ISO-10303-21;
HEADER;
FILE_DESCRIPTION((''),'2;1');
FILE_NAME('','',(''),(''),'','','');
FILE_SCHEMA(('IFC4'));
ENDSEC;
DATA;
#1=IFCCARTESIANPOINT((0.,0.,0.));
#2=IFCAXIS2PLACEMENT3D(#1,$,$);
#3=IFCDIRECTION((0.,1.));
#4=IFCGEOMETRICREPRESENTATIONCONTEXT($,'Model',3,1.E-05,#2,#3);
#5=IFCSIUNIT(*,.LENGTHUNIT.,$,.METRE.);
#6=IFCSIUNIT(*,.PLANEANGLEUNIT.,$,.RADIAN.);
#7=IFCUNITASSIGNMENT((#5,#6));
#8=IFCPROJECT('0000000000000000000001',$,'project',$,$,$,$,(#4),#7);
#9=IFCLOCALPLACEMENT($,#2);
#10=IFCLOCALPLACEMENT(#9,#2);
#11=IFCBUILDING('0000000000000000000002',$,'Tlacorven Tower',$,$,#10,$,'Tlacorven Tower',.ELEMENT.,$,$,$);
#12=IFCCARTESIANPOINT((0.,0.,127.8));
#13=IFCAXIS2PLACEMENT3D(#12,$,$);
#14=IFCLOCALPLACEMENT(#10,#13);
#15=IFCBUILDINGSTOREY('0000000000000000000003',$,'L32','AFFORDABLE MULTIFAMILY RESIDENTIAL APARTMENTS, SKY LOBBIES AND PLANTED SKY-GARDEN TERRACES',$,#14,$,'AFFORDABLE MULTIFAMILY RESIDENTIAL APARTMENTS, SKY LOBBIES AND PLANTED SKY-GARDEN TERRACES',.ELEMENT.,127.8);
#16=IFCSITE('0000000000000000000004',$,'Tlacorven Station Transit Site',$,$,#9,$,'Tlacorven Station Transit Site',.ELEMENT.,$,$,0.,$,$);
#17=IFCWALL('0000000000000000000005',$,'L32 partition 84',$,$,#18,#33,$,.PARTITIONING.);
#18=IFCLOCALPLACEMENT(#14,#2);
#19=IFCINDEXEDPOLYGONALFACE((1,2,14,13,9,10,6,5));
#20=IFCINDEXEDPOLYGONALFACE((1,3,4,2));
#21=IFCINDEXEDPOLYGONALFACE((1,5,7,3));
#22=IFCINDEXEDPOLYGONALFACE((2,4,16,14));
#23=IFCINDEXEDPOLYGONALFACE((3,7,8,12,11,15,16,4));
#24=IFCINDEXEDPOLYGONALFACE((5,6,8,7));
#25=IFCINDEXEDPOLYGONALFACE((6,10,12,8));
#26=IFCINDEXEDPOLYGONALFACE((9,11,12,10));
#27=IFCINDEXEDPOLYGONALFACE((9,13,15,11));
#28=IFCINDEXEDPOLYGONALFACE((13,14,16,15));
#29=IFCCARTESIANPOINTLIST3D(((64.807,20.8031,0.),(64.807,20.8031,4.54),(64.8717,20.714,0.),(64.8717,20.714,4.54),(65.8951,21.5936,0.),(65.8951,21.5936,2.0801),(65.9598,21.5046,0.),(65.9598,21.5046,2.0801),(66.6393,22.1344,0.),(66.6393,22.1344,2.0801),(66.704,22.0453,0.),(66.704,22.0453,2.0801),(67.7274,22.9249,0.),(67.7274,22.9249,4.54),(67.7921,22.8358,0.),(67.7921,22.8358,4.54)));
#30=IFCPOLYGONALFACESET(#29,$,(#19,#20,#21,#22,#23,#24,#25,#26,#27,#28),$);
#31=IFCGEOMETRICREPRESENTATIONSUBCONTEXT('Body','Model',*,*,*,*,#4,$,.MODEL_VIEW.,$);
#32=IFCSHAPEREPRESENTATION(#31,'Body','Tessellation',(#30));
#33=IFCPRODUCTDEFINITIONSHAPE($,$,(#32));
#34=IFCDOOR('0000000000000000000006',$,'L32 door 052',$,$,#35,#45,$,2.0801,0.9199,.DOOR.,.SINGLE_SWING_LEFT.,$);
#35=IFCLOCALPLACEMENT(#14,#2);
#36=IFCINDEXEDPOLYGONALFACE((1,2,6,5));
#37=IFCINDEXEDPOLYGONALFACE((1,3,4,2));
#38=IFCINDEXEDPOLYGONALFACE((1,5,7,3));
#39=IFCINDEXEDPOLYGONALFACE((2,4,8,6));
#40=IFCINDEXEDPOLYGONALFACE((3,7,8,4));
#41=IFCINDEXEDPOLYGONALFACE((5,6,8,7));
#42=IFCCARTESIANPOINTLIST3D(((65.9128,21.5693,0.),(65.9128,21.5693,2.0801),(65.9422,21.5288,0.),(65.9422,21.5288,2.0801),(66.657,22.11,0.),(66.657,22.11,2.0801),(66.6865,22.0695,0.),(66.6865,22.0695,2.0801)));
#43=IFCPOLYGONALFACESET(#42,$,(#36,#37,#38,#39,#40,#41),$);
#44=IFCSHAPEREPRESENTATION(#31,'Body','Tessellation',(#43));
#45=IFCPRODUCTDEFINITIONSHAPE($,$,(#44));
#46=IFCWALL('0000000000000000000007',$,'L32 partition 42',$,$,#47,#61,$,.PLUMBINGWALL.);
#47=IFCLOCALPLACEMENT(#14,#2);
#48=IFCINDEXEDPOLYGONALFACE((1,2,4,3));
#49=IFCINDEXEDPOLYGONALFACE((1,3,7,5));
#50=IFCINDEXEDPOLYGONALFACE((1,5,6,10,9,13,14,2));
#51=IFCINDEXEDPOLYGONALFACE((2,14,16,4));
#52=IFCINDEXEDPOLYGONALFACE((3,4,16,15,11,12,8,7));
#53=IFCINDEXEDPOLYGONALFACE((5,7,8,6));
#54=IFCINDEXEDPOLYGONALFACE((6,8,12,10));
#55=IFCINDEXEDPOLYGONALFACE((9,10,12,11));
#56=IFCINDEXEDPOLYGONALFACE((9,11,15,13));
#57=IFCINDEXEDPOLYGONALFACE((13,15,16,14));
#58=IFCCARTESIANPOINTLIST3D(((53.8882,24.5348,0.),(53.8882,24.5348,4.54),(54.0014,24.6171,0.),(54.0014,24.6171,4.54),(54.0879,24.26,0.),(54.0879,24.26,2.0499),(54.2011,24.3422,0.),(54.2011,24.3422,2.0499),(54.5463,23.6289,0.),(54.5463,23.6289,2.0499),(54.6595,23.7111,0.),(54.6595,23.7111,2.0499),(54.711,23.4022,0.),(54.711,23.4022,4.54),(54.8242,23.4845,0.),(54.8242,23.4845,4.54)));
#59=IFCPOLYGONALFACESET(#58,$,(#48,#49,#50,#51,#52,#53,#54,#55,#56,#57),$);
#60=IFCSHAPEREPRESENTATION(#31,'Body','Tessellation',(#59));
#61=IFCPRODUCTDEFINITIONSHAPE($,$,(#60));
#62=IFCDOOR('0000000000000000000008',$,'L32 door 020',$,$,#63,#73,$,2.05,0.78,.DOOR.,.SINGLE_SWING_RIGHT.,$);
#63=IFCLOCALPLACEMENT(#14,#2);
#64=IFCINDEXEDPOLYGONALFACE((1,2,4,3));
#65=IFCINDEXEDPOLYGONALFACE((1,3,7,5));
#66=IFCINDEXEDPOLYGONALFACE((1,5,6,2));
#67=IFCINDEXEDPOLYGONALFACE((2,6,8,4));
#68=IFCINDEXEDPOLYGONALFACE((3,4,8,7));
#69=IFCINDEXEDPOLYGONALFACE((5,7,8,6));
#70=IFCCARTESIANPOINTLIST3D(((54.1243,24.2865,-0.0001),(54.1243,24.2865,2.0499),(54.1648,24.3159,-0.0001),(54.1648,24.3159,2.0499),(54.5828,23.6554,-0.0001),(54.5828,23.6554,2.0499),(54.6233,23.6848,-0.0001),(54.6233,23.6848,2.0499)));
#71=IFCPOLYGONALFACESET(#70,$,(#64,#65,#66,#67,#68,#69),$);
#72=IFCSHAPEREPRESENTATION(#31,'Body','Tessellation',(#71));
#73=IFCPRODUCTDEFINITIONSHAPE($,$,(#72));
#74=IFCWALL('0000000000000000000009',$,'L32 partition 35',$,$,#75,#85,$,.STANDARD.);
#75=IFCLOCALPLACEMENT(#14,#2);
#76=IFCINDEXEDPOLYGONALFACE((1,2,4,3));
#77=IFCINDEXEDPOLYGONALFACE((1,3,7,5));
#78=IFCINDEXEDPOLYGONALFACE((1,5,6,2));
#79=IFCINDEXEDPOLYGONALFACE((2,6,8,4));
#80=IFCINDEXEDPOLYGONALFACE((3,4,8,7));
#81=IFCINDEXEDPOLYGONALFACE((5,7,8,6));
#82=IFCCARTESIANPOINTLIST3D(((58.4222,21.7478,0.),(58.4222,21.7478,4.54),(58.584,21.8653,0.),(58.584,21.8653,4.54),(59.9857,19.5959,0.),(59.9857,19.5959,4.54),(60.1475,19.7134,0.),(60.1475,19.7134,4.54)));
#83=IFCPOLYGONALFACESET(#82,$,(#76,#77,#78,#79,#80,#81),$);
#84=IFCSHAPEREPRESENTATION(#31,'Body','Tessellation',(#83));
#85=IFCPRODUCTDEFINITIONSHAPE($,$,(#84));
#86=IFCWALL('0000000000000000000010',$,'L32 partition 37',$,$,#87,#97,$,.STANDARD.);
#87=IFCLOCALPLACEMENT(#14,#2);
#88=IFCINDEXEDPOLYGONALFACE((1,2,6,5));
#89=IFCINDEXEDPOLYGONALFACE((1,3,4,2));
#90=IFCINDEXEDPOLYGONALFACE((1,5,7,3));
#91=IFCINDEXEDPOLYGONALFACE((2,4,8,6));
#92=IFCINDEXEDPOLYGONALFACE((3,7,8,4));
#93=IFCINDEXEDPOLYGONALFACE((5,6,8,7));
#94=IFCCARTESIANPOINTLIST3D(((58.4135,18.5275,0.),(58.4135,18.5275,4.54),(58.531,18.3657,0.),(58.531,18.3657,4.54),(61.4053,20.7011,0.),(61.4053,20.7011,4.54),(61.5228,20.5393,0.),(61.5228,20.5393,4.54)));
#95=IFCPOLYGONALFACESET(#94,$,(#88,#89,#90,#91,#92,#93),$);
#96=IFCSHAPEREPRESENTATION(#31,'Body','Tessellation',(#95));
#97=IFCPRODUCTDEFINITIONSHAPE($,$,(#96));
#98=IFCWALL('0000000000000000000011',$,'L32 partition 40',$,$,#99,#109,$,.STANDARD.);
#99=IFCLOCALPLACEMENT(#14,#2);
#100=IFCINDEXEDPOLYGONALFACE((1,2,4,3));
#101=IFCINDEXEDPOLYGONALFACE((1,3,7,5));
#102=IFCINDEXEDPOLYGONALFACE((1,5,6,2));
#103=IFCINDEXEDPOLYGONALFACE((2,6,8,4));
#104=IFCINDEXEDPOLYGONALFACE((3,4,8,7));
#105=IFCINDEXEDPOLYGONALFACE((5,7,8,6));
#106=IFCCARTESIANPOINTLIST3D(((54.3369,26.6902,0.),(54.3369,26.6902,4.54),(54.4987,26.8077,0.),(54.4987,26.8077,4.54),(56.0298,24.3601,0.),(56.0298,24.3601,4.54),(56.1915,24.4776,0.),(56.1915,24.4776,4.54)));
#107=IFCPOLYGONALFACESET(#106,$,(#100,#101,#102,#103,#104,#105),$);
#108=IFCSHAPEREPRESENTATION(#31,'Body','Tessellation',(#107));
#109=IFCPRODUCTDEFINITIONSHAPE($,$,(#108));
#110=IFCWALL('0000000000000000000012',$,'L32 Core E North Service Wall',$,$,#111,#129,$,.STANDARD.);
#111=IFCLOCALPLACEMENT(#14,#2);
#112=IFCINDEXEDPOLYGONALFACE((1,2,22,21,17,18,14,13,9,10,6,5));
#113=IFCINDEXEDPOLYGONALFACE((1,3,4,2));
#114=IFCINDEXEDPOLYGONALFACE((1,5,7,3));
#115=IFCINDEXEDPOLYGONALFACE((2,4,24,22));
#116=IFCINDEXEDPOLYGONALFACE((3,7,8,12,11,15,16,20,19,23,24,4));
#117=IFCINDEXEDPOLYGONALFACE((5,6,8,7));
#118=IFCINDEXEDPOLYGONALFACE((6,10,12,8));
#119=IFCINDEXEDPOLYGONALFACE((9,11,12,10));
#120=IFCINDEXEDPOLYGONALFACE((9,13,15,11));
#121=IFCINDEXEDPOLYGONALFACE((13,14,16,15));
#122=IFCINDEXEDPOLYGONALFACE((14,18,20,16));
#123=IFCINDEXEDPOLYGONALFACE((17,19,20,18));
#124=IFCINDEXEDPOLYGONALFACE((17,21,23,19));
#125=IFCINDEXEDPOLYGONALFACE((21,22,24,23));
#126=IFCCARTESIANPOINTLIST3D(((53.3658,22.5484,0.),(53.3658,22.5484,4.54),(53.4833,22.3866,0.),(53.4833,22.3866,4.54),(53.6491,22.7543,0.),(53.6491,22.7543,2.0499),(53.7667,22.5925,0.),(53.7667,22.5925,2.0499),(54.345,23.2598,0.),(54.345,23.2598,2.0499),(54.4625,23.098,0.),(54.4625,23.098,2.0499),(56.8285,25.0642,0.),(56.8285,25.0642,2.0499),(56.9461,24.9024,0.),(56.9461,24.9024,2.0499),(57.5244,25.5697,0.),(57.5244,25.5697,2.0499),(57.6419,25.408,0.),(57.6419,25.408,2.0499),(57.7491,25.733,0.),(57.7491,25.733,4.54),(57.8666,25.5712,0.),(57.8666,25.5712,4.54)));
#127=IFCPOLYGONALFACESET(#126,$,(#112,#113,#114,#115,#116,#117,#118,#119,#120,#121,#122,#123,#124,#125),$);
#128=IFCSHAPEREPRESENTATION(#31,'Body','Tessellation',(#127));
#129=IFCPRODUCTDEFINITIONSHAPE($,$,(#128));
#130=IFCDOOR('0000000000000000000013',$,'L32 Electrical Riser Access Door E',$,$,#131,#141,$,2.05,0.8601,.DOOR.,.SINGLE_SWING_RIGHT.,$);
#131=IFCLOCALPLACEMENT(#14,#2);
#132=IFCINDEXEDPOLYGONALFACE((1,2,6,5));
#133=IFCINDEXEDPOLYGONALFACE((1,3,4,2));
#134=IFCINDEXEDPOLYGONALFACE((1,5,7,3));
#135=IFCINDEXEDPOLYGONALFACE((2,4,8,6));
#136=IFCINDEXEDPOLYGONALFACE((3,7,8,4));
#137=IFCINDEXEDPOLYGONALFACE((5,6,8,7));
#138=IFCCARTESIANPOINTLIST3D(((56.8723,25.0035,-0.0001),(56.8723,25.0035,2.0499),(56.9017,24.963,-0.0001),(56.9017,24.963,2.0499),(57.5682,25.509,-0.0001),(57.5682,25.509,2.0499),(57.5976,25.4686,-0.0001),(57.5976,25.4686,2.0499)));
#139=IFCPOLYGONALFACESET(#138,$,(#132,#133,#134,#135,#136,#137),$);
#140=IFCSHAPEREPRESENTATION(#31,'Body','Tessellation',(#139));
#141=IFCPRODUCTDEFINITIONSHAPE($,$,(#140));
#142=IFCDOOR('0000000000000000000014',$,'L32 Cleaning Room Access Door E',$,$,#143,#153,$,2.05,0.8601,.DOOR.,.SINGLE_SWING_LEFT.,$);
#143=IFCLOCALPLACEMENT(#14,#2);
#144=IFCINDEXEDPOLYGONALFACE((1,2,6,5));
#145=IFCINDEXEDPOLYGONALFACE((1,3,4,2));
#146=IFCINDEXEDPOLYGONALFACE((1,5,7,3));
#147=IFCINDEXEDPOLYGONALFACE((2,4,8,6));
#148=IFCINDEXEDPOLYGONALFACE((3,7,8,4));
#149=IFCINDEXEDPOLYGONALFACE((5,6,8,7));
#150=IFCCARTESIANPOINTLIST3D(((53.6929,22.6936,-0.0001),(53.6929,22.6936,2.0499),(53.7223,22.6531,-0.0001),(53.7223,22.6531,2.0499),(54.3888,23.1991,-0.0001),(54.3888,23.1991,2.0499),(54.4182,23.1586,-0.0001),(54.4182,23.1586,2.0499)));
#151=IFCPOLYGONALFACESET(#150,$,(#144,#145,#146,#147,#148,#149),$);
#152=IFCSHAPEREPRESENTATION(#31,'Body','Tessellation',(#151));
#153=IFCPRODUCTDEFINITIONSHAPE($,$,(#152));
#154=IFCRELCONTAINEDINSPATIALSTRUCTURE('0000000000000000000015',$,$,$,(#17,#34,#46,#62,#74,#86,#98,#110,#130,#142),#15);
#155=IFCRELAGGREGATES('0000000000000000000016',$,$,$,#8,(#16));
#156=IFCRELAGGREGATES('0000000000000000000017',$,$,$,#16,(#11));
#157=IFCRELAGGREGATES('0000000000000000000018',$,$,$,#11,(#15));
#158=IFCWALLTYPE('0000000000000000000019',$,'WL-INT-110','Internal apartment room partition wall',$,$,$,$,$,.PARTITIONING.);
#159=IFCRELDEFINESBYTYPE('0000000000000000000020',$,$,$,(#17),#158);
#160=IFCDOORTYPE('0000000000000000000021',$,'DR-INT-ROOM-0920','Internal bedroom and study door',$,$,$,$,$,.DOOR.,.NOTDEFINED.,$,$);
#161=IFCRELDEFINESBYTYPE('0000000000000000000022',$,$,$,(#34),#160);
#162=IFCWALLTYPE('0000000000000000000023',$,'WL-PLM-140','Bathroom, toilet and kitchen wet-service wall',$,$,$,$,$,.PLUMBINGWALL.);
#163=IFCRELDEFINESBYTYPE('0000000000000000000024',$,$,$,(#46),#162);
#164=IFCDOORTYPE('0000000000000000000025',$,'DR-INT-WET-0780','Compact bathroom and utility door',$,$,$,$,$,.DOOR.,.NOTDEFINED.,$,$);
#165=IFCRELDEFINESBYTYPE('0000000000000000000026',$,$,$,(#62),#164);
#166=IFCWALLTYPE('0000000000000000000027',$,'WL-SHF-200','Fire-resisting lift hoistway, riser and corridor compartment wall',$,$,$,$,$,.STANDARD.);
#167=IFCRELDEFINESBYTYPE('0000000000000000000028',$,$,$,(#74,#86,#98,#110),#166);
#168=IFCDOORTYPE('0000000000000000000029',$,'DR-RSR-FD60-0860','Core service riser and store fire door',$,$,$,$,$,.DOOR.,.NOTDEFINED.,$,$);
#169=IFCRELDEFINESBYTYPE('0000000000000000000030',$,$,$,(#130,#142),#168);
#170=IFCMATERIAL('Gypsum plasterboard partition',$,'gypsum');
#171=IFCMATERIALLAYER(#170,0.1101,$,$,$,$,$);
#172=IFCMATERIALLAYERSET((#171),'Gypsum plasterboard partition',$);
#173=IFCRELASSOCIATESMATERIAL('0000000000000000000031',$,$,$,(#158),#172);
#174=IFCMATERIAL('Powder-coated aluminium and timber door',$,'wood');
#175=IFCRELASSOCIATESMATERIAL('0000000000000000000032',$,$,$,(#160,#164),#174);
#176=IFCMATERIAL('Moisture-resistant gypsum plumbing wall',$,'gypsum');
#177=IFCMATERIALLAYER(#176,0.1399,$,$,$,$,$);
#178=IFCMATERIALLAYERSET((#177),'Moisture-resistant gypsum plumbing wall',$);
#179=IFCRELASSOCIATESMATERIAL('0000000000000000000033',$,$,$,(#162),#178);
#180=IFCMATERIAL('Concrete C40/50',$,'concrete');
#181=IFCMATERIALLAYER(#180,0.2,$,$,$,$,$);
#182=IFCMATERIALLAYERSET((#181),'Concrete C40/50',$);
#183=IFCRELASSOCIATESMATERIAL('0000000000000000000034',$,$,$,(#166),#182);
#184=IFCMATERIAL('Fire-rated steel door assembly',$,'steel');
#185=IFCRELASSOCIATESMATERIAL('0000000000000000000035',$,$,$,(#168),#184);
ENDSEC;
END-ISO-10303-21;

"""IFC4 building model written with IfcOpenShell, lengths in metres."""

from ifc_helpers import new_model, si_unit, direction, frame, frame_2d, origin, place, context, subcontext, project, spatial, rectangle, extrude, source, transform, mapped, material, layer, layer_set, type_object, element, fill, save


model = new_model("IFC4")

# Units and contexts
model_context = context("Model", 3, precision=1e-05, world=origin(), true_north=direction((0.0, 1.0)))
body_context = subcontext(model_context, "Body", "Model", "MODEL_VIEW")
ifc_project = project(units=[si_unit("LENGTHUNIT", "METRE"), si_unit("PLANEANGLEUNIT", "RADIAN")], contexts=[model_context])

# Site, building, storey
site_placement = place(None, origin())
site = spatial("IfcSite", under=ifc_project, at=site_placement, Name="Tlacorven Station Transit Site", LongName="Tlacorven Station Transit Site", CompositionType="ELEMENT", RefElevation=0.0)
building_placement = place(site_placement, origin())
building = spatial("IfcBuilding", under=site, at=building_placement, Name="Tlacorven Tower", LongName="Tlacorven Tower", CompositionType="ELEMENT")
storey_placement = place(building_placement, frame((0.0, 0.0, 127.8)))
storey = spatial("IfcBuildingStorey", under=building, at=storey_placement, Name="L32", Description="AFFORDABLE MULTIFAMILY RESIDENTIAL APARTMENTS, SKY LOBBIES AND PLANTED SKY-GARDEN TERRACES", LongName="AFFORDABLE MULTIFAMILY RESIDENTIAL APARTMENTS, SKY LOBBIES AND PLANTED SKY-GARDEN TERRACES", CompositionType="ELEMENT", Elevation=127.8)

# Walls, openings, doors
ifc_material_1 = material(Name="Gypsum plasterboard partition", Category="gypsum")
ifc_layer_1 = layer(ifc_material_1, 0.1101)
ifc_layer_set_1 = layer_set([ifc_layer_1], Name="Gypsum plasterboard partition")
wall_type_1 = type_object("IfcWallType", Name="WL-INT-110", Description="Internal apartment room partition wall", PredefinedType="PARTITIONING", material=ifc_layer_set_1)
wall_1_placement = place(storey_placement, frame((64.8394, 20.7585, 0.0), z_axis=(0.0, 0.0, 1.0), x_axis=(0.809014, 0.58779, 0.0)))
wall_1 = element("IfcWall", 1, at=wall_1_placement, inside=storey, type_object=wall_type_1, Name="L32 partition 84", PredefinedType="PARTITIONING", context=body_context, shape_type="SweptSolid", body=[
    extrude(rectangle(XDim=3.6099, YDim=0.1101, at=frame_2d((1.8049, 0.0))), origin(), (0.0, 0.0, 1.0), 4.54),
])
opening_1_placement = place(wall_1_placement, frame((1.345, 0.0, 0.0)))
opening_1 = element("IfcOpeningElement", 2, at=opening_1_placement, cuts=wall_1, PredefinedType="OPENING", context=body_context, shape_type="SweptSolid", body=[
    extrude(rectangle(XDim=0.9199, YDim=2.0801, at=frame_2d((0.46, 1.04))), frame((0.0, 0.0649, 0.0), z_axis=(0.0, -1.0, 0.0), x_axis=(1.0, 0.0, 0.0)), (0.0, 0.0, 1.0), 0.1301),
])
ifc_material_2 = material(Name="Powder-coated aluminium and timber door", Category="wood")
door_type_1 = type_object("IfcDoorType", Name="DR-INT-ROOM-0920", Description="Internal bedroom and study door", OperationType="NOTDEFINED", PredefinedType="DOOR", material=ifc_material_2)
shared_shape_1 = source(origin(), body_context, "Body", "SweptSolid", [
    extrude(rectangle(XDim=0.9199, YDim=2.0801, at=frame_2d((0.46, 1.04))), frame((0.0, 0.0249, 0.0), z_axis=(0.0, -1.0, 0.0), x_axis=(1.0, 0.0, 0.0)), (0.0, 0.0, 1.0), 0.05),
])
door_1_placement = place(opening_1_placement, origin())
door_1 = element("IfcDoor", 3, at=door_1_placement, inside=storey, type_object=door_type_1, Name="L32 door 052", OperationType="SINGLE_SWING_LEFT", OverallHeight=2.0801, OverallWidth=0.9199, PredefinedType="DOOR", context=body_context, shape_type="MappedRepresentation", body=[
    mapped(shared_shape_1, transform((0.0, 0.0, 0.0), scale=1.0)),
])
fill(opening_1, door_1)
ifc_material_3 = material(Name="Moisture-resistant gypsum plumbing wall", Category="gypsum")
ifc_layer_2 = layer(ifc_material_3, 0.1399)
ifc_layer_set_2 = layer_set([ifc_layer_2], Name="Moisture-resistant gypsum plumbing wall")
wall_type_2 = type_object("IfcWallType", Name="WL-PLM-140", Description="Bathroom, toilet and kitchen wet-service wall", PredefinedType="PLUMBINGWALL", material=ifc_layer_set_2)
wall_2_placement = place(storey_placement, frame((54.7676, 23.4434, 0.0), z_axis=(0.0, 0.0, 1.0), x_axis=(-0.587736, 0.809053, 0.0)))
wall_2 = element("IfcWall", 4, at=wall_2_placement, inside=storey, type_object=wall_type_2, Name="L32 partition 42", PredefinedType="PLUMBINGWALL", context=body_context, shape_type="SweptSolid", body=[
    extrude(rectangle(XDim=1.3999, YDim=0.1399, at=frame_2d((0.7, 0.0))), origin(), (0.0, 0.0, 1.0), 4.54),
])
opening_2_placement = place(wall_2_placement, frame((0.28, 0.0, 0.0)))
opening_2 = element("IfcOpeningElement", 5, at=opening_2_placement, cuts=wall_2, PredefinedType="OPENING", context=body_context, shape_type="SweptSolid", body=[
    extrude(rectangle(XDim=0.78, YDim=2.05, at=frame_2d((0.3901, 1.0249))), frame((0.0, 0.0801, 0.0), z_axis=(0.0, -1.0, 0.0), x_axis=(1.0, 0.0, 0.0)), (0.0, 0.0, 1.0), 0.1599),
])
door_type_2 = type_object("IfcDoorType", Name="DR-INT-WET-0780", Description="Compact bathroom and utility door", OperationType="NOTDEFINED", PredefinedType="DOOR", material=ifc_material_2)
shared_shape_2 = source(origin(), body_context, "Body", "SweptSolid", [
    extrude(rectangle(XDim=0.78, YDim=2.05, at=frame_2d((0.3901, 1.0249))), frame((0.0, 0.0249, 0.0), z_axis=(0.0, -1.0, 0.0), x_axis=(1.0, 0.0, 0.0)), (0.0, 0.0, 1.0), 0.05),
])
door_2_placement = place(opening_2_placement, origin())
door_2 = element("IfcDoor", 6, at=door_2_placement, inside=storey, type_object=door_type_2, Name="L32 door 020", OperationType="SINGLE_SWING_RIGHT", OverallHeight=2.05, OverallWidth=0.78, PredefinedType="DOOR", context=body_context, shape_type="MappedRepresentation", body=[
    mapped(shared_shape_2, transform((0.0, 0.0, 0.0), scale=1.0)),
])
fill(opening_2, door_2)

# Shared definitions
ifc_material_4 = material(Name="Concrete C40/50", Category="concrete")
ifc_layer_3 = layer(ifc_material_4, 0.2)
ifc_layer_set_3 = layer_set([ifc_layer_3], Name="Concrete C40/50")
wall_type_3 = type_object("IfcWallType", Name="WL-SHF-200", Description="Fire-resisting lift hoistway, riser and corridor compartment wall", PredefinedType="STANDARD", material=ifc_layer_set_3)
ifc_material_5 = material(Name="Fire-rated steel door assembly", Category="steel")
door_type_3 = type_object("IfcDoorType", Name="DR-RSR-FD60-0860", Description="Core service riser and store fire door", OperationType="NOTDEFINED", PredefinedType="DOOR", material=ifc_material_5)
shared_shape_3 = source(origin(), body_context, "Body", "SweptSolid", [
    extrude(rectangle(XDim=0.8601, YDim=2.05, at=frame_2d((0.4302, 1.0249))), frame((0.0, 0.0249, 0.0), z_axis=(0.0, -1.0, 0.0), x_axis=(1.0, 0.0, 0.0)), (0.0, 0.0, 1.0), 0.05),
])

# Walls
wall_3_placement = place(storey_placement, frame((60.0667, 19.6545, 0.0), z_axis=(0.0, 0.0, 1.0), x_axis=(-0.587801, 0.809006, 0.0)))
element("IfcWall", 7, at=wall_3_placement, inside=storey, type_object=wall_type_3, Name="L32 partition 35", PredefinedType="STANDARD", context=body_context, shape_type="SweptSolid", body=[
    extrude(rectangle(XDim=2.6599, YDim=0.2, at=frame_2d((1.3301, 0.0))), origin(), (0.0, 0.0, 1.0), 4.54),
])
wall_4_placement = place(storey_placement, frame((58.4722, 18.4465, 0.0), z_axis=(0.0, 0.0, 1.0), x_axis=(0.809019, 0.587783, 0.0)))
element("IfcWall", 8, at=wall_4_placement, inside=storey, type_object=wall_type_3, Name="L32 partition 37", PredefinedType="STANDARD", context=body_context, shape_type="SweptSolid", body=[
    extrude(rectangle(XDim=3.698, YDim=0.2, at=frame_2d((1.8491, 0.0))), origin(), (0.0, 0.0, 1.0), 4.54),
])
wall_5_placement = place(storey_placement, frame((56.1106, 24.4189, 0.0), z_axis=(0.0, 0.0, 1.0), x_axis=(-0.587778, 0.809022, 0.0)))
element("IfcWall", 9, at=wall_5_placement, inside=storey, type_object=wall_type_3, Name="L32 partition 40", PredefinedType="STANDARD", context=body_context, shape_type="SweptSolid", body=[
    extrude(rectangle(XDim=2.8801, YDim=0.2, at=frame_2d((1.4399, 0.0))), origin(), (0.0, 0.0, 1.0), 4.54),
])

# Wall, openings, doors
wall_6_placement = place(storey_placement, frame((53.4246, 22.4675, 0.0), z_axis=(0.0, 0.0, 1.0), x_axis=(0.809024, 0.587775, 0.0)))
wall_6 = element("IfcWall", 10, at=wall_6_placement, inside=storey, type_object=wall_type_3, Name="L32 Core E North Service Wall", PredefinedType="STANDARD", context=body_context, shape_type="SweptSolid", body=[
    extrude(rectangle(XDim=5.418, YDim=0.2, at=frame_2d((2.709, 0.0))), origin(), (0.0, 0.0, 1.0), 4.54),
])
opening_3_placement = place(wall_6_placement, frame((4.28, 0.0, 0.0)))
opening_3 = element("IfcOpeningElement", 11, at=opening_3_placement, cuts=wall_6, PredefinedType="OPENING", context=body_context, shape_type="SweptSolid", body=[
    extrude(rectangle(XDim=0.8601, YDim=2.05, at=frame_2d((0.4302, 1.0249))), frame((0.0, 0.1099, 0.0), z_axis=(0.0, -1.0, 0.0), x_axis=(1.0, 0.0, 0.0)), (0.0, 0.0, 1.0), 0.22),
])
opening_4_placement = place(wall_6_placement, frame((0.3501, 0.0, 0.0)))
opening_4 = element("IfcOpeningElement", 12, at=opening_4_placement, cuts=wall_6, PredefinedType="OPENING", context=body_context, shape_type="SweptSolid", body=[
    extrude(rectangle(XDim=0.8601, YDim=2.05, at=frame_2d((0.4302, 1.0249))), frame((0.0, 0.1099, 0.0), z_axis=(0.0, -1.0, 0.0), x_axis=(1.0, 0.0, 0.0)), (0.0, 0.0, 1.0), 0.22),
])
door_3_placement = place(opening_3_placement, frame((0.8601, 0.0, 0.0), z_axis=(0.0, 0.0, 1.0), x_axis=(-1.0, 0.0, 0.0)))
door_3 = element("IfcDoor", 13, at=door_3_placement, inside=storey, type_object=door_type_3, Name="L32 Electrical Riser Access Door E", OperationType="SINGLE_SWING_RIGHT", OverallHeight=2.05, OverallWidth=0.8601, PredefinedType="DOOR", context=body_context, shape_type="MappedRepresentation", body=[
    mapped(shared_shape_3, transform((0.0, 0.0, 0.0), scale=1.0)),
])
fill(opening_3, door_3)
door_4_placement = place(opening_4_placement, frame((0.8601, 0.0, 0.0), z_axis=(0.0, 0.0, 1.0), x_axis=(-1.0, 0.0, 0.0)))
door_4 = element("IfcDoor", 14, at=door_4_placement, inside=storey, type_object=door_type_3, Name="L32 Cleaning Room Access Door E", OperationType="SINGLE_SWING_LEFT", OverallHeight=2.05, OverallWidth=0.8601, PredefinedType="DOOR", context=body_context, shape_type="MappedRepresentation", body=[
    mapped(shared_shape_3, transform((0.0, 0.0, 0.0), scale=1.0)),
])
fill(opening_4, door_4)

save(model, "model.ifc")
